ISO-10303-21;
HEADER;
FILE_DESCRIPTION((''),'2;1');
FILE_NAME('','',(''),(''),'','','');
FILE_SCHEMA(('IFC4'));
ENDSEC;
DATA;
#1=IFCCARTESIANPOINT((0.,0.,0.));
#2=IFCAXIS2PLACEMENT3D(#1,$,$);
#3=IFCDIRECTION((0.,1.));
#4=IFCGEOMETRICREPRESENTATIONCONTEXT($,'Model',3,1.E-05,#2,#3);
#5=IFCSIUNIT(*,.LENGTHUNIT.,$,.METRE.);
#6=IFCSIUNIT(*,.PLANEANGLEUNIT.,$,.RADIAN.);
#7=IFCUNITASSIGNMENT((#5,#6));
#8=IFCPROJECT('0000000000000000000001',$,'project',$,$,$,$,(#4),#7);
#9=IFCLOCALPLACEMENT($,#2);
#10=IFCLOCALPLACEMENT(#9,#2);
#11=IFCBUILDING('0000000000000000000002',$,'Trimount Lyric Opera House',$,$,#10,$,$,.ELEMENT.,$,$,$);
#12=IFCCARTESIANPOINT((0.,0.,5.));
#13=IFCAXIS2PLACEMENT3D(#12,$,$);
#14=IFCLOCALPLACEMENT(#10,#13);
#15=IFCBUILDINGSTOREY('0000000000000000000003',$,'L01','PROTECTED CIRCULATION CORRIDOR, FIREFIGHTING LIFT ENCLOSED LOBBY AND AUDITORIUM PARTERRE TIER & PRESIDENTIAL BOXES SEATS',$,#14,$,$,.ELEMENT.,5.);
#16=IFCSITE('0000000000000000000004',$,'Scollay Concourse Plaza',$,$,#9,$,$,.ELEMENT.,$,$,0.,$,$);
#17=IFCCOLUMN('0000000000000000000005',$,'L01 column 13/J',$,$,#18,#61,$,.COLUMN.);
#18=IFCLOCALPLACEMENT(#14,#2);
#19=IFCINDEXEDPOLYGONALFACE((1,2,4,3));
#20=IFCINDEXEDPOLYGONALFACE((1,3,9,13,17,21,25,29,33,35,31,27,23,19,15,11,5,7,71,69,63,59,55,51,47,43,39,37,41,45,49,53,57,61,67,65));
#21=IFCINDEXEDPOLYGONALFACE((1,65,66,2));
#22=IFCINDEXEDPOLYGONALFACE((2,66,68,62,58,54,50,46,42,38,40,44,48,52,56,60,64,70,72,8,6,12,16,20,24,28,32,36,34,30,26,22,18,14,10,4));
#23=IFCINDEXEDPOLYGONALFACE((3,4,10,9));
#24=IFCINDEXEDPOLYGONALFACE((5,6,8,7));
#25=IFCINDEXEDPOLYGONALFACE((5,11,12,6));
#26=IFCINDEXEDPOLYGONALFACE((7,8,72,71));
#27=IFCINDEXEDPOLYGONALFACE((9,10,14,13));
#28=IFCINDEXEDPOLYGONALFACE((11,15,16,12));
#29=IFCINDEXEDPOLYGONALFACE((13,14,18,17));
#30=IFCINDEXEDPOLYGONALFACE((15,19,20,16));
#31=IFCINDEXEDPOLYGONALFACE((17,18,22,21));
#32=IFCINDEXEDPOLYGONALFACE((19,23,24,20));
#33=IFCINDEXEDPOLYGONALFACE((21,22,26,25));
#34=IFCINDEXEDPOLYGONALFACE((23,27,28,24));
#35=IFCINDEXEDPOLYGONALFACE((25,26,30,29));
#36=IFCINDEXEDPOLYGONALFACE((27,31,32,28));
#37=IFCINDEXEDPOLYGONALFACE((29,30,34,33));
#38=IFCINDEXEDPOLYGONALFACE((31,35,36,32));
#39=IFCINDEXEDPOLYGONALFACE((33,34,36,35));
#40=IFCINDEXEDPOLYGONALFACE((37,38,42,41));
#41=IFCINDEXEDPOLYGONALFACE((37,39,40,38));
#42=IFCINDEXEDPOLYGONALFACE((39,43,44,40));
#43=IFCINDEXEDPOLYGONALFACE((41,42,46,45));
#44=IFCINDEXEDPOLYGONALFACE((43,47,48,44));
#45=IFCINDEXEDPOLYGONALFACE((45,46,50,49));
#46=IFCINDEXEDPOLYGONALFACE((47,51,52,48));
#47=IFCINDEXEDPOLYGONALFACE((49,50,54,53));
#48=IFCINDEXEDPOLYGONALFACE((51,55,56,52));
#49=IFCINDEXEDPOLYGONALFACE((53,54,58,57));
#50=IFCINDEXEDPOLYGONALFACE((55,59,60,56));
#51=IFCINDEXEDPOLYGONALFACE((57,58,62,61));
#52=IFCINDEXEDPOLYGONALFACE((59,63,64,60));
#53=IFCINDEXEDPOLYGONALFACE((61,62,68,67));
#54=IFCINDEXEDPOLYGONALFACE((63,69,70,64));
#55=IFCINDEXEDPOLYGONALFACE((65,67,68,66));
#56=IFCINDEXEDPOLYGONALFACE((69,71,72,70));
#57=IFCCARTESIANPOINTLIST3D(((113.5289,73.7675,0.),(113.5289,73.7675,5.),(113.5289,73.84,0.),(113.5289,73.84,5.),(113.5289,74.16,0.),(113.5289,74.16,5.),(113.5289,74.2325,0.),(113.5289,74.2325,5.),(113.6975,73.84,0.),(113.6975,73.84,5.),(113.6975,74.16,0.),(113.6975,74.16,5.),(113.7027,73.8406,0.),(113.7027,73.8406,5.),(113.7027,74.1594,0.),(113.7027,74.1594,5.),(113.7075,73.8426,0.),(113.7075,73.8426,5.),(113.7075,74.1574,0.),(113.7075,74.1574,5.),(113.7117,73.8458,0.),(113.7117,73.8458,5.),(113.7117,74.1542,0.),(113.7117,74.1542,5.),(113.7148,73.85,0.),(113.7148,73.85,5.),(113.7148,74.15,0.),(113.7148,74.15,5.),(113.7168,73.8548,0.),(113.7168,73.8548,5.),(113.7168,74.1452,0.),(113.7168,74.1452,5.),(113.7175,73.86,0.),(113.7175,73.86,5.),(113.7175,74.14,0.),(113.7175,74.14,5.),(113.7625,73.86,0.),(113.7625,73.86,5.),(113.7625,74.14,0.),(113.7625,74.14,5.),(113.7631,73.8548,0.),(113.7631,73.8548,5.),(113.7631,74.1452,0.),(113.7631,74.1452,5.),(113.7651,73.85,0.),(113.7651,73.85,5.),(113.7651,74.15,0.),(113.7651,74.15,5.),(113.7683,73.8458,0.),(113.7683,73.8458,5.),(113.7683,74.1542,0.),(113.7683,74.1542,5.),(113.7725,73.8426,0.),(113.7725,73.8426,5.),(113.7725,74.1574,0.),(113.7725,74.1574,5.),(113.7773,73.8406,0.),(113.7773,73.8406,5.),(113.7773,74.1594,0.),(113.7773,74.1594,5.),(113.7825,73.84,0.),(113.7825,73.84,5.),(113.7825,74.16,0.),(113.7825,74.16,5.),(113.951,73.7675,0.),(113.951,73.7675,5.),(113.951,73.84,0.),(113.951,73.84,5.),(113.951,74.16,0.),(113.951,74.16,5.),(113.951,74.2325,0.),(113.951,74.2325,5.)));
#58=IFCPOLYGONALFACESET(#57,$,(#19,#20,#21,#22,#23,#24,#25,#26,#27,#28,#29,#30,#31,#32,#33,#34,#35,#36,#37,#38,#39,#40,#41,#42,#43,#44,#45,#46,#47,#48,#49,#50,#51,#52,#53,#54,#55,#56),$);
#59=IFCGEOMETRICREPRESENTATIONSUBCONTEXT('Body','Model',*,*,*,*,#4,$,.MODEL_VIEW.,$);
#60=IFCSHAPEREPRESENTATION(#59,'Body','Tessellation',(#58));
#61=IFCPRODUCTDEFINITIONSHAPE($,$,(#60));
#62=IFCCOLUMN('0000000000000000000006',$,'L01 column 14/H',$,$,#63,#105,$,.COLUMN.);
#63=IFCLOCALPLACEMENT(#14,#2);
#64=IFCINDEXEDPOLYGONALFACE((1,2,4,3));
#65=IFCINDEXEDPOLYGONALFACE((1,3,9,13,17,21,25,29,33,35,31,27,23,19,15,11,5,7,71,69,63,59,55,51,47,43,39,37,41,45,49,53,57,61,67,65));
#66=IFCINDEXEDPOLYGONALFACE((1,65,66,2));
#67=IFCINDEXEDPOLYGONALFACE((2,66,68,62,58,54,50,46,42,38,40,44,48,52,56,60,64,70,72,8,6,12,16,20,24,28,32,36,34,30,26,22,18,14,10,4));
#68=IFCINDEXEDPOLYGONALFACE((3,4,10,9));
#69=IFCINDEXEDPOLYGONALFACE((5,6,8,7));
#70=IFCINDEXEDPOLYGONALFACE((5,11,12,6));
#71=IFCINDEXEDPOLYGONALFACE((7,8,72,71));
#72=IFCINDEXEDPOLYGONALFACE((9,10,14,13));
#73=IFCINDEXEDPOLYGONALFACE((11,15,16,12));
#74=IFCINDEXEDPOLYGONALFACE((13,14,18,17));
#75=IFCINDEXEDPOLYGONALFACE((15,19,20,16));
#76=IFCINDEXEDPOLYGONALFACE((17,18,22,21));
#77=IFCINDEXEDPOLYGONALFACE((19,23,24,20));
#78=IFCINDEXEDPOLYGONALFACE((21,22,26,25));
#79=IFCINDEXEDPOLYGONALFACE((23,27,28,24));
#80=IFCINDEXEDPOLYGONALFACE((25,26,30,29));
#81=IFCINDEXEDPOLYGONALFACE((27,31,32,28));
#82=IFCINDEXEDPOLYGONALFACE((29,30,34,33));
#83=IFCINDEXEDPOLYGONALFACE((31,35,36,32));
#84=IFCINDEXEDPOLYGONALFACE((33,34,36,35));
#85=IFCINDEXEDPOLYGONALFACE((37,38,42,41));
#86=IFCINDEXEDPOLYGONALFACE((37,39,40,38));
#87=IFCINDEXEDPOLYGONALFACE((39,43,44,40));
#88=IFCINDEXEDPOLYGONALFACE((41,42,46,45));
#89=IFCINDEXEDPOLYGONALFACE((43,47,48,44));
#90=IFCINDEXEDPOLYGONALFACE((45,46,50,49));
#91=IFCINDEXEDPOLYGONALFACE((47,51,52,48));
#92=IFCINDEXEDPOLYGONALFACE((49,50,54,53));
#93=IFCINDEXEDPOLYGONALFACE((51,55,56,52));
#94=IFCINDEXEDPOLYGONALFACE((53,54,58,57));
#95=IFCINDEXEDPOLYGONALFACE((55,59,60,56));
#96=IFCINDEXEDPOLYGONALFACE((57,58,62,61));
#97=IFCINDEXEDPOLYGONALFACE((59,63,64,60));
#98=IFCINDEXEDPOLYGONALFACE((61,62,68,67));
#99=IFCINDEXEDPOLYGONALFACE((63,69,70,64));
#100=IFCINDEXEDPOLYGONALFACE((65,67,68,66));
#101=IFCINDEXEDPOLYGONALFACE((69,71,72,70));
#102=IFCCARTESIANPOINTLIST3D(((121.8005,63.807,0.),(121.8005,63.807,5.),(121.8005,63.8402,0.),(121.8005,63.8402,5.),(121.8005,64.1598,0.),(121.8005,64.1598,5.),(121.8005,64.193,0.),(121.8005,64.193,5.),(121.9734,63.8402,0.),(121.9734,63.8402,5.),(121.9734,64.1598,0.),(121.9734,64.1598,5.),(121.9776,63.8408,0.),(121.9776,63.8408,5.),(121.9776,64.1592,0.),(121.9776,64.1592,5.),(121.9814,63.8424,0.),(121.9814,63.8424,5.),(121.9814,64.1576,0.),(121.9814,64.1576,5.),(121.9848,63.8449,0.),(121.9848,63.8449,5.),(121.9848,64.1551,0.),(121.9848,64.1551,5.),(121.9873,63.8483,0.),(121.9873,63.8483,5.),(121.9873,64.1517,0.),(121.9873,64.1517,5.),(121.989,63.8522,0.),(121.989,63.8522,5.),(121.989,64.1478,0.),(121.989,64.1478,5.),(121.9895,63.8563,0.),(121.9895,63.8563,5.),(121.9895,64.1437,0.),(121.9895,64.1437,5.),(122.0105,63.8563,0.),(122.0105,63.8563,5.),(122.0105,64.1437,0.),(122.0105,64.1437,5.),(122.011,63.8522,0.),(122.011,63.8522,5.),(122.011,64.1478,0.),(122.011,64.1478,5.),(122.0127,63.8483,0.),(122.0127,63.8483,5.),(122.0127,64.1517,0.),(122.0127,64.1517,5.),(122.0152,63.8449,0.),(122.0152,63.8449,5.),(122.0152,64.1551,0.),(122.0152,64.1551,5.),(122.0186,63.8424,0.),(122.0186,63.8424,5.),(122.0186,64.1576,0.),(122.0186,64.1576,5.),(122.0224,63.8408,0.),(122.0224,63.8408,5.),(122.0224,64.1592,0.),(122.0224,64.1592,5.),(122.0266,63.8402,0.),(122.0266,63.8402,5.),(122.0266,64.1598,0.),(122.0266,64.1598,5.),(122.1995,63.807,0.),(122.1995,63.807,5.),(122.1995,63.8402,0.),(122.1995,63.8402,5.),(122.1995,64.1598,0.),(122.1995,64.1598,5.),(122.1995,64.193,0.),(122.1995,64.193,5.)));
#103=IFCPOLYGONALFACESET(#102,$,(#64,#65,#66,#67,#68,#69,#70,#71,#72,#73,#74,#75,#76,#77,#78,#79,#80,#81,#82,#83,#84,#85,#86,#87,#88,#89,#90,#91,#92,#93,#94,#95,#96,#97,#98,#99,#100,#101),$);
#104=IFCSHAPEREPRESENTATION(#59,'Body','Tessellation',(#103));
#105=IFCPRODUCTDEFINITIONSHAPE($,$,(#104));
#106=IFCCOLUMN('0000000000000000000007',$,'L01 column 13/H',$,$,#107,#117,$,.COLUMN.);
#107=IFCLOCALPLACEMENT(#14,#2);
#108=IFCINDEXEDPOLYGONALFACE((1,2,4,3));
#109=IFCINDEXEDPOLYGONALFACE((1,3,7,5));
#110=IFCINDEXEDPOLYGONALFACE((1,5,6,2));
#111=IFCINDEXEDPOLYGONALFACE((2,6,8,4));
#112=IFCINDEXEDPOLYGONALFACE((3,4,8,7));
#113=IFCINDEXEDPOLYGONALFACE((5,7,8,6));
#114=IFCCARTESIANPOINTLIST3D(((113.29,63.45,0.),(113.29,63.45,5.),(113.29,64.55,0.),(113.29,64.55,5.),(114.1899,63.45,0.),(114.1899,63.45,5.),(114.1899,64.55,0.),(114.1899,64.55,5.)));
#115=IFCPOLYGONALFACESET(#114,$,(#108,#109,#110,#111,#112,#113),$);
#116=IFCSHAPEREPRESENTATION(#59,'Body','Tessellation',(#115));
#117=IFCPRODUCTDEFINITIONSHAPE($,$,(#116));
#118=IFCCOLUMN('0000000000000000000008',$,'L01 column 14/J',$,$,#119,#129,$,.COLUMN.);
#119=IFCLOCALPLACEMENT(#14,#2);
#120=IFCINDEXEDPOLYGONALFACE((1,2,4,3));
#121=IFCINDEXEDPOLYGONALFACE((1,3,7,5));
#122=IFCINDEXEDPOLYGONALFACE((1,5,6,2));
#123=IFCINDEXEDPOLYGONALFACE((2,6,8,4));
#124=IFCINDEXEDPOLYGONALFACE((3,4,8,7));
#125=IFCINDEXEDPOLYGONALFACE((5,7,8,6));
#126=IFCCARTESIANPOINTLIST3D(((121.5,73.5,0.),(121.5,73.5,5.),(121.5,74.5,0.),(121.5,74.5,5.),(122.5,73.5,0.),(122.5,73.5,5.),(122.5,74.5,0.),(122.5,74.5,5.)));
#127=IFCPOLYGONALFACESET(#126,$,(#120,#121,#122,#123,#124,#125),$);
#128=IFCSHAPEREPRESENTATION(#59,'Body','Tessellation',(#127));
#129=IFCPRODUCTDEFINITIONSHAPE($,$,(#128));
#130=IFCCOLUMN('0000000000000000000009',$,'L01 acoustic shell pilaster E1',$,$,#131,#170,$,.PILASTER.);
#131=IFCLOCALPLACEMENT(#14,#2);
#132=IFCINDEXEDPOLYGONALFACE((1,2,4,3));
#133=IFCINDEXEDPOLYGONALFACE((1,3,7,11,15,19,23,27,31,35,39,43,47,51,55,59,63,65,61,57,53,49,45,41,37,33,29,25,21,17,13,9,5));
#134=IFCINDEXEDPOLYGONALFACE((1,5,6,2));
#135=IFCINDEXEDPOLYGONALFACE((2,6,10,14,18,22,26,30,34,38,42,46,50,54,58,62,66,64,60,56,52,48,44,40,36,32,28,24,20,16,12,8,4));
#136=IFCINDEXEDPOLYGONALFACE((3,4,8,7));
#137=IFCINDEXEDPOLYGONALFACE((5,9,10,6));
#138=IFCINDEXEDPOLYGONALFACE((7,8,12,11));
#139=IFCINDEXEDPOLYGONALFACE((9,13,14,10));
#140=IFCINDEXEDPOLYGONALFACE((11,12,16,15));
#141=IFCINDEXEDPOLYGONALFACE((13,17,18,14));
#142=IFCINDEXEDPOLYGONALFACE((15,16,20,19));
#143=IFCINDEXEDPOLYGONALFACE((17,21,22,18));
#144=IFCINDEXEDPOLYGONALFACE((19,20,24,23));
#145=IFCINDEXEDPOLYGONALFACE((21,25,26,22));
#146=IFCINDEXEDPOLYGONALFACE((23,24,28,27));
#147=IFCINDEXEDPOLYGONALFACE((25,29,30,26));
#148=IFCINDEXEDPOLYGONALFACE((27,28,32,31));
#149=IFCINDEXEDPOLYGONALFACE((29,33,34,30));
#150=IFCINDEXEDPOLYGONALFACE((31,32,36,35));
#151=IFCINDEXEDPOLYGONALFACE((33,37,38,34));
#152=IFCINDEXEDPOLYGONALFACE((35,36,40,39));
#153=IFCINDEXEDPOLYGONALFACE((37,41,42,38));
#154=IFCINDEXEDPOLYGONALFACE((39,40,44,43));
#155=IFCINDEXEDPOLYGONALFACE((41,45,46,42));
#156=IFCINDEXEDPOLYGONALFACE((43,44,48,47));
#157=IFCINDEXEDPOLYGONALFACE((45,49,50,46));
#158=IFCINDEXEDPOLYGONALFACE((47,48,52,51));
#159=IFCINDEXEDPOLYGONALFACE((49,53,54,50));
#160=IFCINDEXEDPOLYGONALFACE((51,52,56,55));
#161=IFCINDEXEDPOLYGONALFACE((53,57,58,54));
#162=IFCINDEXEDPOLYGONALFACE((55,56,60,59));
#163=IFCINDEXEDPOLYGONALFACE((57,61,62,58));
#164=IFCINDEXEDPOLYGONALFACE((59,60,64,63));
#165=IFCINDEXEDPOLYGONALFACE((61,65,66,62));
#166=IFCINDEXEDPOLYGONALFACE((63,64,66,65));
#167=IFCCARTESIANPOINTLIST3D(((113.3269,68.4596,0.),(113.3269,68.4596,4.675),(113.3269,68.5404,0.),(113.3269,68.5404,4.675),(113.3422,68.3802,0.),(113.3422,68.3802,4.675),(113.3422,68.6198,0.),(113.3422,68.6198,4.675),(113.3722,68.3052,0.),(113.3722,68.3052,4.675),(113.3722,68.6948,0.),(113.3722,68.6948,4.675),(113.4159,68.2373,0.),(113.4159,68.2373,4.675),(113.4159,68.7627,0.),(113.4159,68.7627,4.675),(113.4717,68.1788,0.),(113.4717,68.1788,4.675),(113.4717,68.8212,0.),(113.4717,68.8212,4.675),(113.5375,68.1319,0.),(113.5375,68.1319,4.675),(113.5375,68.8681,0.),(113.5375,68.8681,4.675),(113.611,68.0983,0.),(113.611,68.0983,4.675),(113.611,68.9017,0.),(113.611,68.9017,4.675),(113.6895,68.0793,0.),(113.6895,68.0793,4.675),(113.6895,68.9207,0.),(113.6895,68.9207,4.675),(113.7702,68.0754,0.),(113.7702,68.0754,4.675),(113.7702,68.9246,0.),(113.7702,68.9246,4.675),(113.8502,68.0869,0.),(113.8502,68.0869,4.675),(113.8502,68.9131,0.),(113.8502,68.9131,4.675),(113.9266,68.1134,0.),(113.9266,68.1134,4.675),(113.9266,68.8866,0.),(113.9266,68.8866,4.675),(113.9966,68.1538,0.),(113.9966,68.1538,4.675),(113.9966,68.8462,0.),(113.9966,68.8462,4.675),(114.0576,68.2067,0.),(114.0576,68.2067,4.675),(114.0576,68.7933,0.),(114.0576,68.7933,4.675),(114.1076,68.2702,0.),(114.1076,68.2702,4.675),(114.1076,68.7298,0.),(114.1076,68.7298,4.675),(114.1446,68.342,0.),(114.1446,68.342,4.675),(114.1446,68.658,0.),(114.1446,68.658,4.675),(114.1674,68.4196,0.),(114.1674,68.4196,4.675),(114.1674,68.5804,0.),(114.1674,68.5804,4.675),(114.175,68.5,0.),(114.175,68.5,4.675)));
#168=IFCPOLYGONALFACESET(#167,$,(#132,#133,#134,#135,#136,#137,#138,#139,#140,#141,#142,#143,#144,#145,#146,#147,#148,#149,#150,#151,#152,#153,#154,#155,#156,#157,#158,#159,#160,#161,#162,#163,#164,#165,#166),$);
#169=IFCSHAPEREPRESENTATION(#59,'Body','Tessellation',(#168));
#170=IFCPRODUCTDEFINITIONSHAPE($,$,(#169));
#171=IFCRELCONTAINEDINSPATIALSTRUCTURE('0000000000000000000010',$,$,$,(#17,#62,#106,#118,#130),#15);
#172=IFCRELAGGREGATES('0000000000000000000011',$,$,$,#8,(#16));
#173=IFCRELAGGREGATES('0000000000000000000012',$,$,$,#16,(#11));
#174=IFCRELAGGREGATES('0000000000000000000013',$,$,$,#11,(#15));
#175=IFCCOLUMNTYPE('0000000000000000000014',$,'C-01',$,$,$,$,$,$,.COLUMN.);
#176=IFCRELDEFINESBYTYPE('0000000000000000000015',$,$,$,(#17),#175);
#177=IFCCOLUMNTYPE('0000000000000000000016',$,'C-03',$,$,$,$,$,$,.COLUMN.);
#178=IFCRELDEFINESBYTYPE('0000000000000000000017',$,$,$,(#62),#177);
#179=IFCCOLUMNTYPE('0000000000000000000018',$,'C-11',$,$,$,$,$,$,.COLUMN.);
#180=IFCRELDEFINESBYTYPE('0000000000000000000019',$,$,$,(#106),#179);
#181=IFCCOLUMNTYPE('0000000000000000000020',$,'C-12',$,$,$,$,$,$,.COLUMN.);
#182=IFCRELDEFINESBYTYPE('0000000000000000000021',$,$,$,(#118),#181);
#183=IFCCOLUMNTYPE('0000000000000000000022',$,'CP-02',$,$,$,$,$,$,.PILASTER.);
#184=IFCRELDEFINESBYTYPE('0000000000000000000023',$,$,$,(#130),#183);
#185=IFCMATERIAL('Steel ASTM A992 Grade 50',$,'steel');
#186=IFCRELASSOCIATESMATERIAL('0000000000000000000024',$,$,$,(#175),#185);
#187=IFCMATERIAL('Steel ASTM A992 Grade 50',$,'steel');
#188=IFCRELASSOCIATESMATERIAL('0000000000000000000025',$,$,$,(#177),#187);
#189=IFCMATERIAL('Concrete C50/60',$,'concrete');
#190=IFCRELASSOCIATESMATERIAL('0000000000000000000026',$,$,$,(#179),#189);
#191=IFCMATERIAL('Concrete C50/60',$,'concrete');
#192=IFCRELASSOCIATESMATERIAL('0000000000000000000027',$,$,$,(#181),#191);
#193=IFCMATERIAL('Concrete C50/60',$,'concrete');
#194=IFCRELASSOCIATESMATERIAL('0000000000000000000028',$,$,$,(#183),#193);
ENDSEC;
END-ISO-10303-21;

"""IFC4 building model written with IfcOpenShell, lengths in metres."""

from ifc_helpers import new_model, si_unit, direction, frame, origin, origin_2d, place, context, subcontext, project, spatial, rectangle, circle, i_section, extrude, material, material_profile, profile_set, type_object, element, save


model = new_model("IFC4")

# Units and contexts
model_context = context("Model", 3, precision=1e-05, world=origin(), true_north=direction((0.0, 1.0)))
body_context = subcontext(model_context, "Body", "Model", "MODEL_VIEW")
ifc_project = project(units=[si_unit("LENGTHUNIT", "METRE"), si_unit("PLANEANGLEUNIT", "RADIAN")], contexts=[model_context])

# Site, building, storey
site_placement = place(None, origin())
site = spatial("IfcSite", under=ifc_project, at=site_placement, Name="Scollay Concourse Plaza", CompositionType="ELEMENT", RefElevation=0.0)
building_placement = place(site_placement, origin())
building = spatial("IfcBuilding", under=site, at=building_placement, Name="Trimount Lyric Opera House", CompositionType="ELEMENT")
storey_placement = place(building_placement, frame((0.0, 0.0, 5.0)))
storey = spatial("IfcBuildingStorey", under=building, at=storey_placement, Name="L01", Description="PROTECTED CIRCULATION CORRIDOR, FIREFIGHTING LIFT ENCLOSED LOBBY AND AUDITORIUM PARTERRE TIER & PRESIDENTIAL BOXES SEATS", CompositionType="ELEMENT", Elevation=5.0)

# Columns
ifc_material_1 = material(Name="Steel ASTM A992 Grade 50", Category="steel")
ifc_material_profile_1 = material_profile(ifc_material_1, i_section(OverallWidth=0.4221, OverallDepth=0.4651, WebThickness=0.0449, FlangeThickness=0.0725, FilletRadius=0.02, at=origin_2d()), Name="W14X398")
ifc_profile_set_1 = profile_set([ifc_material_profile_1], Name="Steel ASTM A992 Grade 50")
column_type_1 = type_object("IfcColumnType", Name="C-01", PredefinedType="COLUMN", material=ifc_profile_set_1)
column_1_placement = place(storey_placement, frame((113.74, 74.0, 0.0), z_axis=(0.0, 0.0, 1.0), x_axis=(1.0, 0.0, 0.0)))
element("IfcColumn", 1, at=column_1_placement, inside=storey, type_object=column_type_1, Name="L01 column 13/J", PredefinedType="COLUMN", context=body_context, shape_type="SweptSolid", body=[
    extrude(i_section(OverallWidth=0.4221, OverallDepth=0.4651, WebThickness=0.0449, FlangeThickness=0.0725, FilletRadius=0.02, at=origin_2d()), origin(), (0.0, 0.0, 1.0), 5.0),
])
ifc_material_2 = material(Name="Steel ASTM A992 Grade 50", Category="steel")
ifc_material_profile_2 = material_profile(ifc_material_2, i_section(OverallWidth=0.3989, OverallDepth=0.386, WebThickness=0.021, FlangeThickness=0.0332, FilletRadius=0.0161, at=origin_2d()), Name="W14X176")
ifc_profile_set_2 = profile_set([ifc_material_profile_2], Name="Steel ASTM A992 Grade 50")
column_type_2 = type_object("IfcColumnType", Name="C-03", PredefinedType="COLUMN", material=ifc_profile_set_2)
column_2_placement = place(storey_placement, frame((122.0, 64.0, 0.0), z_axis=(0.0, 0.0, 1.0), x_axis=(1.0, 0.0, 0.0)))
element("IfcColumn", 2, at=column_2_placement, inside=storey, type_object=column_type_2, Name="L01 column 14/H", PredefinedType="COLUMN", context=body_context, shape_type="SweptSolid", body=[
    extrude(i_section(OverallWidth=0.3989, OverallDepth=0.386, WebThickness=0.021, FlangeThickness=0.0332, FilletRadius=0.0161, at=origin_2d()), origin(), (0.0, 0.0, 1.0), 5.0),
])
ifc_material_3 = material(Name="Concrete C50/60", Category="concrete")
ifc_material_profile_3 = material_profile(ifc_material_3, rectangle(XDim=0.8999, YDim=1.1001, at=origin_2d()), Name="RC1100X900")
ifc_profile_set_3 = profile_set([ifc_material_profile_3], Name="Concrete C50/60")
column_type_3 = type_object("IfcColumnType", Name="C-11", PredefinedType="COLUMN", material=ifc_profile_set_3)
column_3_placement = place(storey_placement, frame((113.74, 64.0, 0.0), z_axis=(0.0, 0.0, 1.0), x_axis=(1.0, 0.0, 0.0)))
element("IfcColumn", 3, at=column_3_placement, inside=storey, type_object=column_type_3, Name="L01 column 13/H", PredefinedType="COLUMN", context=body_context, shape_type="SweptSolid", body=[
    extrude(rectangle(XDim=0.8999, YDim=1.1001, at=origin_2d()), origin(), (0.0, 0.0, 1.0), 5.0),
])
ifc_material_4 = material(Name="Concrete C50/60", Category="concrete")
ifc_material_profile_4 = material_profile(ifc_material_4, rectangle(XDim=1.0, YDim=1.0, at=origin_2d()), Name="RC1000X1000")
ifc_profile_set_4 = profile_set([ifc_material_profile_4], Name="Concrete C50/60")
column_type_4 = type_object("IfcColumnType", Name="C-12", PredefinedType="COLUMN", material=ifc_profile_set_4)
column_4_placement = place(storey_placement, frame((122.0, 74.0, 0.0), z_axis=(0.0, 0.0, 1.0), x_axis=(1.0, 0.0, 0.0)))
element("IfcColumn", 4, at=column_4_placement, inside=storey, type_object=column_type_4, Name="L01 column 14/J", PredefinedType="COLUMN", context=body_context, shape_type="SweptSolid", body=[
    extrude(rectangle(XDim=1.0, YDim=1.0, at=origin_2d()), origin(), (0.0, 0.0, 1.0), 5.0),
])
ifc_material_5 = material(Name="Concrete C50/60", Category="concrete")
ifc_material_profile_5 = material_profile(ifc_material_5, circle(Radius=0.425, at=origin_2d()), Name="RC-D850")
ifc_profile_set_5 = profile_set([ifc_material_profile_5], Name="Concrete C50/60")
column_type_5 = type_object("IfcColumnType", Name="CP-02", PredefinedType="PILASTER", material=ifc_profile_set_5)
column_5_placement = place(storey_placement, frame((113.75, 68.5, 0.0), z_axis=(0.0, 0.0, 1.0), x_axis=(1.0, 0.0, 0.0)))
element("IfcColumn", 5, at=column_5_placement, inside=storey, type_object=column_type_5, Name="L01 acoustic shell pilaster E1", PredefinedType="PILASTER", context=body_context, shape_type="SweptSolid", body=[
    extrude(circle(Radius=0.425, at=origin_2d()), origin(), (0.0, 0.0, 1.0), 4.675),
])

save(model, "model.ifc")
